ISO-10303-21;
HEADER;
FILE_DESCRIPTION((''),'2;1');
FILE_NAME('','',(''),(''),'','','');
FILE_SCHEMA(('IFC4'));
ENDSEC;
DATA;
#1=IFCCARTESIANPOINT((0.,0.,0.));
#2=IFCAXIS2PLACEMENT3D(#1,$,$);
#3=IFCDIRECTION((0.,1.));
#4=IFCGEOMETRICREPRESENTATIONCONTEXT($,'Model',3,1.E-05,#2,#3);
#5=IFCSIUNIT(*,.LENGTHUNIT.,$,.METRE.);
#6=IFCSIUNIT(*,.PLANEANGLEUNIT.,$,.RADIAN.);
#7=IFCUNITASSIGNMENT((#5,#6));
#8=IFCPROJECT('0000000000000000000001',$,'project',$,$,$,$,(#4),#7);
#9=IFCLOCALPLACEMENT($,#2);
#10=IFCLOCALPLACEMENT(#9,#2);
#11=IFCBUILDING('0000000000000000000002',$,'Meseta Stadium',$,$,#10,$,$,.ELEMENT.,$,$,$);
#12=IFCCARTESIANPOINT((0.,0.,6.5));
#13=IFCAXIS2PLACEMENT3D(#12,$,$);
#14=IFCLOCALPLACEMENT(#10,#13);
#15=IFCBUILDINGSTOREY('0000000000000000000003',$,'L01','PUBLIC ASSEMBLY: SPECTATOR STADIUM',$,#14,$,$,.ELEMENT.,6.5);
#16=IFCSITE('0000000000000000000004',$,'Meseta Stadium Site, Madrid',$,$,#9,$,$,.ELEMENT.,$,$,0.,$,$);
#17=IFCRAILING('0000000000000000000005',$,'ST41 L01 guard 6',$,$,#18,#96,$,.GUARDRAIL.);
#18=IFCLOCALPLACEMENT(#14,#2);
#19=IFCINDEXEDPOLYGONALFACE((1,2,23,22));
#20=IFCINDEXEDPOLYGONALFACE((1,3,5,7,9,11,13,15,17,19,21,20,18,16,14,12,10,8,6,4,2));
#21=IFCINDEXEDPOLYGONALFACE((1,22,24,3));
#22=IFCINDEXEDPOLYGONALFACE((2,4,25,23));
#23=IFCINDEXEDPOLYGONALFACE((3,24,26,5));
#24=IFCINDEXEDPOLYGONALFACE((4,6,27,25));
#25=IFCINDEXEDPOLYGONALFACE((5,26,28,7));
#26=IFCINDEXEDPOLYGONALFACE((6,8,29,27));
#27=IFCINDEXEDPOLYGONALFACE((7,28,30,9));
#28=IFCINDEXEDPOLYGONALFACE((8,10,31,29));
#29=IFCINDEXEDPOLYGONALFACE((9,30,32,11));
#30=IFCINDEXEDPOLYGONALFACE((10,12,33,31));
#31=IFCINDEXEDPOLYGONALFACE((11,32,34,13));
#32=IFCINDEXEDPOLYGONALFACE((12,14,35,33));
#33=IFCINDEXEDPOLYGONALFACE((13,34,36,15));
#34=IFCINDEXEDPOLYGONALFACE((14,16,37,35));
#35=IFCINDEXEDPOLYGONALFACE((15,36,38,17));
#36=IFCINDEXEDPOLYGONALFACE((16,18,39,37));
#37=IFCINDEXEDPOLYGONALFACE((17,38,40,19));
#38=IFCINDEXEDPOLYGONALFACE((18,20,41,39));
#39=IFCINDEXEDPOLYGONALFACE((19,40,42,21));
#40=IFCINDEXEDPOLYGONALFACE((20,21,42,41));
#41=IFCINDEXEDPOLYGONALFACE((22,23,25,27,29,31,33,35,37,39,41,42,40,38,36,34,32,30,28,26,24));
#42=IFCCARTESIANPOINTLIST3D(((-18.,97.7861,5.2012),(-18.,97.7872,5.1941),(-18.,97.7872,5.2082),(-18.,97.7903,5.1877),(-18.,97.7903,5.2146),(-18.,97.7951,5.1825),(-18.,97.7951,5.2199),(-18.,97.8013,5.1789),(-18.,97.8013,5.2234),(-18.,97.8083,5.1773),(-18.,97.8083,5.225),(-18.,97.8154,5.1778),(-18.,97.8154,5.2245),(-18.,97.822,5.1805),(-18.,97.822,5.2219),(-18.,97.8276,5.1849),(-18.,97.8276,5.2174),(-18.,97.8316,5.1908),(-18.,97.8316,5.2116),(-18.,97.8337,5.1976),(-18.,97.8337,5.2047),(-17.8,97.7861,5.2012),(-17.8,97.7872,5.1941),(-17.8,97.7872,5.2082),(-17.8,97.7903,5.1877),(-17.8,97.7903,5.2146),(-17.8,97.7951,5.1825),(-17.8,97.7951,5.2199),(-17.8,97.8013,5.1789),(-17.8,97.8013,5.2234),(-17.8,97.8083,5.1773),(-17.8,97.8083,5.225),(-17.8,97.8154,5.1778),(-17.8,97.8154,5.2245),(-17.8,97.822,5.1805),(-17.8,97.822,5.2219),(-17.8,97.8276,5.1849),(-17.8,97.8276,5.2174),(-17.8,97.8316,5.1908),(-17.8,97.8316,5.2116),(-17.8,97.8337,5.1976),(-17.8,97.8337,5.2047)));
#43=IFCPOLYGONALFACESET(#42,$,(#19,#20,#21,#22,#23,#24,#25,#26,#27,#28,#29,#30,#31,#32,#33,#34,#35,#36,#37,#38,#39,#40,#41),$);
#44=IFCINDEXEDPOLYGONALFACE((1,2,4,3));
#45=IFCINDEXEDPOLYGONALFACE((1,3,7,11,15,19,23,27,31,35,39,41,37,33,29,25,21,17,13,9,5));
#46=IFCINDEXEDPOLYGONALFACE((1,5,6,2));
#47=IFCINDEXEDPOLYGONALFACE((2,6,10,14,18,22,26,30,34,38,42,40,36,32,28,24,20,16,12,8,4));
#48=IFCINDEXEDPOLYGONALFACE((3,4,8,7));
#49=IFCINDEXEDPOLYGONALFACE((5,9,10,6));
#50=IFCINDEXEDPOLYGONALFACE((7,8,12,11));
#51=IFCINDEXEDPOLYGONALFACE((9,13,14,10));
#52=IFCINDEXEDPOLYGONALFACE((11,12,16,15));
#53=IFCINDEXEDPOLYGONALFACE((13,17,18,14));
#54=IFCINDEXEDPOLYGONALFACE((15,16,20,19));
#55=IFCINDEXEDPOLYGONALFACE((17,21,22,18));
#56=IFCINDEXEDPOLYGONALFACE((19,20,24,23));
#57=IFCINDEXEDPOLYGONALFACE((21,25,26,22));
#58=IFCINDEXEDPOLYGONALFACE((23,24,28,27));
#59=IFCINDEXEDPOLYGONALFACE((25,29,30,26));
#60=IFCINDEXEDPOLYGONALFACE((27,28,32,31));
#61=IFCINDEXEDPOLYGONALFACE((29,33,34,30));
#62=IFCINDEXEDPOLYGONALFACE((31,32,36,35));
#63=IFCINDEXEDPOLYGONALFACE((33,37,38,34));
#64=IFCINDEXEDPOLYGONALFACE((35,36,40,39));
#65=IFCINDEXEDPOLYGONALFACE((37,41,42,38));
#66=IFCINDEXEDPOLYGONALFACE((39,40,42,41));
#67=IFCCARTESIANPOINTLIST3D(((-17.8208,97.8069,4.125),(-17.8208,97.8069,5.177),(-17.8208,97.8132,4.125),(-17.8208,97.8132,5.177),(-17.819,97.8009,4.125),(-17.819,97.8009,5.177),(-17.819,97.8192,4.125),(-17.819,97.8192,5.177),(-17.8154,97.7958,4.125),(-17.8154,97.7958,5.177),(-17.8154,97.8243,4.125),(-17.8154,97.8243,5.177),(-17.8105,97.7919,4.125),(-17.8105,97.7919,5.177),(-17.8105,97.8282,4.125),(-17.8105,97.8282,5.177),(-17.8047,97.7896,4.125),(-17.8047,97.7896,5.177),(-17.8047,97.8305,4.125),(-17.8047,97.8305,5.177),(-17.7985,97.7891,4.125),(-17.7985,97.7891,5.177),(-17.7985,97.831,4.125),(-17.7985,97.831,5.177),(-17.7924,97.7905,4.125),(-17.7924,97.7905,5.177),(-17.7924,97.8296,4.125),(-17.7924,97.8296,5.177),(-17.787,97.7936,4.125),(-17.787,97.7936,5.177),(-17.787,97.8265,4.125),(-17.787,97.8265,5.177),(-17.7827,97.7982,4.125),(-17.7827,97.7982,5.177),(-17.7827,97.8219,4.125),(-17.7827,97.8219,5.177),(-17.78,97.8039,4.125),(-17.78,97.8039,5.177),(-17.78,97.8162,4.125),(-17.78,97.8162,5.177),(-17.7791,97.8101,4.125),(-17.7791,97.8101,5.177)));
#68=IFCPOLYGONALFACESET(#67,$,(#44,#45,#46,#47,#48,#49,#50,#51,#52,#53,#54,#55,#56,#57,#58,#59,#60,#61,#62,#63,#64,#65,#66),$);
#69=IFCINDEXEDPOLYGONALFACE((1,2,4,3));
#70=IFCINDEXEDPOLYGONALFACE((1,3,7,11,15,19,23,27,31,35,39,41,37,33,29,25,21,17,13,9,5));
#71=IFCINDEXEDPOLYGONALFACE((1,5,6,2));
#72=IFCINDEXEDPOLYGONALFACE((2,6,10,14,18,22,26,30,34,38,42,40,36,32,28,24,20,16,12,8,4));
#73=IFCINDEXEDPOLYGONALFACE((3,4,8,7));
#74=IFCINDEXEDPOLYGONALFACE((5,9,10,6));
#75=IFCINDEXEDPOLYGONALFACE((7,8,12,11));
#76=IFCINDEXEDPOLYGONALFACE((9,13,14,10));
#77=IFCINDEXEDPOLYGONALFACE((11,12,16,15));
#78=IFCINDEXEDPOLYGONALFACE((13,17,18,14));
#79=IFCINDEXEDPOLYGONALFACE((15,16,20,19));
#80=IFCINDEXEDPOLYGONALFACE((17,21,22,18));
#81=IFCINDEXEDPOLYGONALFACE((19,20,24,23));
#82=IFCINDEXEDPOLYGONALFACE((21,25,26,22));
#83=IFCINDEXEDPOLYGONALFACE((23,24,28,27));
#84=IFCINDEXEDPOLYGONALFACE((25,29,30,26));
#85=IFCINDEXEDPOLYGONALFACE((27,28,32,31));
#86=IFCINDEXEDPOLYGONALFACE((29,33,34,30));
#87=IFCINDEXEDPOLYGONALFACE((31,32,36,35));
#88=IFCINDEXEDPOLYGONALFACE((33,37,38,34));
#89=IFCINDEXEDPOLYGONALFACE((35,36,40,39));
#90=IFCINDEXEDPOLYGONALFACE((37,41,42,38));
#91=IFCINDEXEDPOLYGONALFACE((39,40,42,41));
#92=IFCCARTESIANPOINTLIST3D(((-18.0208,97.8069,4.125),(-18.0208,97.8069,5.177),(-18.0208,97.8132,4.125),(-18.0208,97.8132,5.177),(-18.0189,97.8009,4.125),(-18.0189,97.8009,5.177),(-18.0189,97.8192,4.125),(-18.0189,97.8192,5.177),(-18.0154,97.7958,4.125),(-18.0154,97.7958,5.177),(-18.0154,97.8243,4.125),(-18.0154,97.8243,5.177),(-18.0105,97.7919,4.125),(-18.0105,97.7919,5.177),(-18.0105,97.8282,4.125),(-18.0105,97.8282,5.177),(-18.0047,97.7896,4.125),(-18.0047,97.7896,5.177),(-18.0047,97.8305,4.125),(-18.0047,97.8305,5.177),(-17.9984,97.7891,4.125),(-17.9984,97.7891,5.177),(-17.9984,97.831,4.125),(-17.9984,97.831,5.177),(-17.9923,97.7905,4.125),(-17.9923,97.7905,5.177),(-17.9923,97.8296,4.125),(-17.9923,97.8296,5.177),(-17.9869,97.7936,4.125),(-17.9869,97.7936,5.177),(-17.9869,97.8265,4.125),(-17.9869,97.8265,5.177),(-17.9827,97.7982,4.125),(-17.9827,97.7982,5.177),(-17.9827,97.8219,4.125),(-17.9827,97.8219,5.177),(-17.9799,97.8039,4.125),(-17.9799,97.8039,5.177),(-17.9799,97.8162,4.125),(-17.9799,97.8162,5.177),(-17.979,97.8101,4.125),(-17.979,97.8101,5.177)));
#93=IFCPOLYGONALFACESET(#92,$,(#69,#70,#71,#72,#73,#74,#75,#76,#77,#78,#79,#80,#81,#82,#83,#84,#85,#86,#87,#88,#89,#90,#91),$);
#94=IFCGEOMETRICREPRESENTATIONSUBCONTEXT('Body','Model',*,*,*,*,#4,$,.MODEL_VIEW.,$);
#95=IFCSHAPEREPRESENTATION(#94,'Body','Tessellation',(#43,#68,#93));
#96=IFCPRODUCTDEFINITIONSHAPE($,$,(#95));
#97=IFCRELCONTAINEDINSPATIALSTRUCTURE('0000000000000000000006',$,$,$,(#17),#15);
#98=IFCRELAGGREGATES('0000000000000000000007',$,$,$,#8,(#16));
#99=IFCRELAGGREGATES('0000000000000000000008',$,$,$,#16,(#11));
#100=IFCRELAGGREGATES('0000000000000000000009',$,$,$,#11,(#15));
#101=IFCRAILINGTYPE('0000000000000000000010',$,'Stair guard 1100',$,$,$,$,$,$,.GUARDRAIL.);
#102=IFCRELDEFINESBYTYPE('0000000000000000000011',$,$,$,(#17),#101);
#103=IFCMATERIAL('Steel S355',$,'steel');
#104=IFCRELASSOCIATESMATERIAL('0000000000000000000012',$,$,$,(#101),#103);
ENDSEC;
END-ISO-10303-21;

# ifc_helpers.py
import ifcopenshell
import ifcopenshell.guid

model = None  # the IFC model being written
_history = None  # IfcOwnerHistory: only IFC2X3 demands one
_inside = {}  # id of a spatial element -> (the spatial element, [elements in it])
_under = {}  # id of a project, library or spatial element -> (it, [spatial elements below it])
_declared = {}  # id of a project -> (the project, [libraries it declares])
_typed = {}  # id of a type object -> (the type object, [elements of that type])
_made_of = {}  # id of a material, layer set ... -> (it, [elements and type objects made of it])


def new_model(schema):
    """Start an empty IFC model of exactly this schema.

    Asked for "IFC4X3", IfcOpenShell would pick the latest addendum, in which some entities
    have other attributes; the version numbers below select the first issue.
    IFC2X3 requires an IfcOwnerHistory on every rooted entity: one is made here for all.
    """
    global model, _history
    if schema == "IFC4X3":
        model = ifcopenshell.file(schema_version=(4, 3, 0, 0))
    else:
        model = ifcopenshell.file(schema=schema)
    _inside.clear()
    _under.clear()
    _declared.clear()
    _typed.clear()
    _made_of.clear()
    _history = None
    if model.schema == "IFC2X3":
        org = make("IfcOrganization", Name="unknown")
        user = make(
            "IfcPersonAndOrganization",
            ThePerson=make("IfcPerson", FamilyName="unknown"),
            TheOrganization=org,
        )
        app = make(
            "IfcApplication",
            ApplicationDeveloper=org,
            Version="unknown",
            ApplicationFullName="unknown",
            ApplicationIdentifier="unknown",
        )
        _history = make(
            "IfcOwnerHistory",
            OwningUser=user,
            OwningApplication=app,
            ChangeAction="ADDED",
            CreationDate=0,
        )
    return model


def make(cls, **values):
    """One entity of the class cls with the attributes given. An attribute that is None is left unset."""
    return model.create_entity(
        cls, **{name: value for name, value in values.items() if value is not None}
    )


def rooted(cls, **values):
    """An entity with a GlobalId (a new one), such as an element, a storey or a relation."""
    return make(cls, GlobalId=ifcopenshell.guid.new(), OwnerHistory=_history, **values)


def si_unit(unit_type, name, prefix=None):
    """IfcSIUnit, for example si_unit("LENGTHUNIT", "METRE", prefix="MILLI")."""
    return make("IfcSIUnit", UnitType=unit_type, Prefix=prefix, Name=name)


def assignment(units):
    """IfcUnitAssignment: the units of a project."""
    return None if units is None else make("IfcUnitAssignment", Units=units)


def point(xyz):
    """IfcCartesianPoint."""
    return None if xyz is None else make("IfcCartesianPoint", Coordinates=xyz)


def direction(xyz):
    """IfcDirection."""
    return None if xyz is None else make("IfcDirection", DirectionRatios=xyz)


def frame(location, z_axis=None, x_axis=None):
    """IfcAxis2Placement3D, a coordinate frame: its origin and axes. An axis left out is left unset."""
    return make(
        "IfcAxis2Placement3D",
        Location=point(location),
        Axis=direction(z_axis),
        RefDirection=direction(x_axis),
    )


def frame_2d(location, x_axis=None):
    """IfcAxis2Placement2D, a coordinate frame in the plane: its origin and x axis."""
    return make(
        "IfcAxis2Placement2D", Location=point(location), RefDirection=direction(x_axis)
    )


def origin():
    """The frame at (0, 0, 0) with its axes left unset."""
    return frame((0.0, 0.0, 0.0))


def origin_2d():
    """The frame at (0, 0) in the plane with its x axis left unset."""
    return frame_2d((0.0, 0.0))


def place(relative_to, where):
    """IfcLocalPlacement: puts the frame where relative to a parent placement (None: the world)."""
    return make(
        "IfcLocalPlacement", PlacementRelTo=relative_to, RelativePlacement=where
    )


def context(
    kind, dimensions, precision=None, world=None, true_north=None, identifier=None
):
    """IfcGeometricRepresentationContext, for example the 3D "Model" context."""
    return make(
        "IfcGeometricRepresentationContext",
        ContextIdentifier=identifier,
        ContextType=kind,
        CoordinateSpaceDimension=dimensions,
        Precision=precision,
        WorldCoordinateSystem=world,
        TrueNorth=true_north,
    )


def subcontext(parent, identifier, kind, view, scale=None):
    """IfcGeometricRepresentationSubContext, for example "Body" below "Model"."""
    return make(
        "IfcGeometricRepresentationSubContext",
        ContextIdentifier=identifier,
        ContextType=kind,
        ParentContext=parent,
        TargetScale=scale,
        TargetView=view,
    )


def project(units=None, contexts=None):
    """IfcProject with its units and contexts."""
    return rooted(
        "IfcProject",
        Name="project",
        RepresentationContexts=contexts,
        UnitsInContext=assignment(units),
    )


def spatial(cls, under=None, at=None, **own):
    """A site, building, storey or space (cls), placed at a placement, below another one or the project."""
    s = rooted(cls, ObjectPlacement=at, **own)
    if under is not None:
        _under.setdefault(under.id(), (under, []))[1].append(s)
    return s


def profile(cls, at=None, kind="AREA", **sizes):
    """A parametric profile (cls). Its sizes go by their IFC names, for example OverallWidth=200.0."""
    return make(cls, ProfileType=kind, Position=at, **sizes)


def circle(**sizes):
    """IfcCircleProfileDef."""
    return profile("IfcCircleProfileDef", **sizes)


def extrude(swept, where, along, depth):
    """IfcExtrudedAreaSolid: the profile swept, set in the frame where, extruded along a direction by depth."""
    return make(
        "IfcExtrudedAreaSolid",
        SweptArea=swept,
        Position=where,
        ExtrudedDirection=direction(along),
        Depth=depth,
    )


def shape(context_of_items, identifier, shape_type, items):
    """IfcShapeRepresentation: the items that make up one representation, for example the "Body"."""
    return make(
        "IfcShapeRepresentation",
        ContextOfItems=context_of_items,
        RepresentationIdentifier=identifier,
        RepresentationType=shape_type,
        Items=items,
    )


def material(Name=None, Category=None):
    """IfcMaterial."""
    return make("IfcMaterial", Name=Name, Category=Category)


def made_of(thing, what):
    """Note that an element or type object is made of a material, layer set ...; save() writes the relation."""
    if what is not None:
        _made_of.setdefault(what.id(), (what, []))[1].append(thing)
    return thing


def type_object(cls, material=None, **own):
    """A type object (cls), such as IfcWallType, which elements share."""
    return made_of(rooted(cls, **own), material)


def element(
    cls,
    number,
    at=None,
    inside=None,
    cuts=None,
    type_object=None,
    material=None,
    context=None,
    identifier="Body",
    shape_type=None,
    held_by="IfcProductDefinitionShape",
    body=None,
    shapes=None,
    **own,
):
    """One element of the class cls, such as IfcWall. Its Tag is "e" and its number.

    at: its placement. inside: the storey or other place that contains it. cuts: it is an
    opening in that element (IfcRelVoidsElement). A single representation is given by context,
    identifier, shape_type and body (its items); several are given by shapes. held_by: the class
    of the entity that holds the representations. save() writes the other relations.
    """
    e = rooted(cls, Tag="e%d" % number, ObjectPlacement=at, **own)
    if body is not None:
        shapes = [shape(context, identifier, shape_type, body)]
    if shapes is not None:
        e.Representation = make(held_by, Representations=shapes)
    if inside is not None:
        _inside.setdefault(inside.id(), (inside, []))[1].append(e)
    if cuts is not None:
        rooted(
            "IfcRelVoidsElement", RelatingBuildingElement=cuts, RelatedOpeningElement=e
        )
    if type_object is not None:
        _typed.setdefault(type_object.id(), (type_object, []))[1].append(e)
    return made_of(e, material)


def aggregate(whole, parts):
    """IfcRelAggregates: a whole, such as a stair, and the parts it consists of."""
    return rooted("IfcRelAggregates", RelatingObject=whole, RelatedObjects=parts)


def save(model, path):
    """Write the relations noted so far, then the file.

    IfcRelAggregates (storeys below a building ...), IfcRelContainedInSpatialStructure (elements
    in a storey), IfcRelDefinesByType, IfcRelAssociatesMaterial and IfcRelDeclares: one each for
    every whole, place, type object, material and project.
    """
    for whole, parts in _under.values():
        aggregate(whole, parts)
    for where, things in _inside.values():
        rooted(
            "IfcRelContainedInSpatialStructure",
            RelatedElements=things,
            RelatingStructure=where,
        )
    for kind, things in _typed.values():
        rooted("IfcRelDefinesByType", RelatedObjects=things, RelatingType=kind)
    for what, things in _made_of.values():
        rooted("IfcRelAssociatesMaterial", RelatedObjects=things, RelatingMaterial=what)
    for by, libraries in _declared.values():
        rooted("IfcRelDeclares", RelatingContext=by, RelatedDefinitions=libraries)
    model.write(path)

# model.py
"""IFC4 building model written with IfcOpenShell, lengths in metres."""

from ifc_helpers import new_model, si_unit, direction, frame, origin, origin_2d, place, context, subcontext, project, spatial, circle, extrude, material, type_object, element, save


model = new_model("IFC4")

# Units and contexts
model_context = context("Model", 3, precision=1e-05, world=origin(), true_north=direction((0.0, 1.0)))
body_context = subcontext(model_context, "Body", "Model", "MODEL_VIEW")
ifc_project = project(units=[si_unit("LENGTHUNIT", "METRE"), si_unit("PLANEANGLEUNIT", "RADIAN")], contexts=[model_context])

# Site, building, storey
site_placement = place(None, origin())
site = spatial("IfcSite", under=ifc_project, at=site_placement, Name="Meseta Stadium Site, Madrid", CompositionType="ELEMENT", RefElevation=0.0)
building_placement = place(site_placement, origin())
building = spatial("IfcBuilding", under=site, at=building_placement, Name="Meseta Stadium", CompositionType="ELEMENT")
storey_placement = place(building_placement, frame((0.0, 0.0, 6.5)))
storey = spatial("IfcBuildingStorey", under=building, at=storey_placement, Name="L01", Description="PUBLIC ASSEMBLY: SPECTATOR STADIUM", CompositionType="ELEMENT", Elevation=6.5)

# Railing
ifc_material_1 = material(Name="Steel S355", Category="steel")
railing_type_1 = type_object("IfcRailingType", Name="Stair guard 1100", PredefinedType="GUARDRAIL", material=ifc_material_1)
railing_1_placement = place(storey_placement, frame((-17.8, 97.8101, 4.125)))
element("IfcRailing", 1, at=railing_1_placement, inside=storey, type_object=railing_type_1, Name="ST41 L01 guard 6", PredefinedType="GUARDRAIL", context=body_context, shape_type="SweptSolid", body=[
    extrude(circle(Radius=0.0239, at=origin_2d()), frame((0.0, 0.0, 1.0762), z_axis=(-1.0, 0.0, 0.0), x_axis=(0.0, -1.0, 0.0)), (0.0, 0.0, 1.0), 0.2),
    extrude(circle(Radius=0.021, at=origin_2d()), origin(), (0.0, 0.0, 1.0), 1.052),
    extrude(circle(Radius=0.021, at=origin_2d()), frame((-0.2, 0.0, 0.0)), (0.0, 0.0, 1.0), 1.052),
])

save(model, "model.ifc")
